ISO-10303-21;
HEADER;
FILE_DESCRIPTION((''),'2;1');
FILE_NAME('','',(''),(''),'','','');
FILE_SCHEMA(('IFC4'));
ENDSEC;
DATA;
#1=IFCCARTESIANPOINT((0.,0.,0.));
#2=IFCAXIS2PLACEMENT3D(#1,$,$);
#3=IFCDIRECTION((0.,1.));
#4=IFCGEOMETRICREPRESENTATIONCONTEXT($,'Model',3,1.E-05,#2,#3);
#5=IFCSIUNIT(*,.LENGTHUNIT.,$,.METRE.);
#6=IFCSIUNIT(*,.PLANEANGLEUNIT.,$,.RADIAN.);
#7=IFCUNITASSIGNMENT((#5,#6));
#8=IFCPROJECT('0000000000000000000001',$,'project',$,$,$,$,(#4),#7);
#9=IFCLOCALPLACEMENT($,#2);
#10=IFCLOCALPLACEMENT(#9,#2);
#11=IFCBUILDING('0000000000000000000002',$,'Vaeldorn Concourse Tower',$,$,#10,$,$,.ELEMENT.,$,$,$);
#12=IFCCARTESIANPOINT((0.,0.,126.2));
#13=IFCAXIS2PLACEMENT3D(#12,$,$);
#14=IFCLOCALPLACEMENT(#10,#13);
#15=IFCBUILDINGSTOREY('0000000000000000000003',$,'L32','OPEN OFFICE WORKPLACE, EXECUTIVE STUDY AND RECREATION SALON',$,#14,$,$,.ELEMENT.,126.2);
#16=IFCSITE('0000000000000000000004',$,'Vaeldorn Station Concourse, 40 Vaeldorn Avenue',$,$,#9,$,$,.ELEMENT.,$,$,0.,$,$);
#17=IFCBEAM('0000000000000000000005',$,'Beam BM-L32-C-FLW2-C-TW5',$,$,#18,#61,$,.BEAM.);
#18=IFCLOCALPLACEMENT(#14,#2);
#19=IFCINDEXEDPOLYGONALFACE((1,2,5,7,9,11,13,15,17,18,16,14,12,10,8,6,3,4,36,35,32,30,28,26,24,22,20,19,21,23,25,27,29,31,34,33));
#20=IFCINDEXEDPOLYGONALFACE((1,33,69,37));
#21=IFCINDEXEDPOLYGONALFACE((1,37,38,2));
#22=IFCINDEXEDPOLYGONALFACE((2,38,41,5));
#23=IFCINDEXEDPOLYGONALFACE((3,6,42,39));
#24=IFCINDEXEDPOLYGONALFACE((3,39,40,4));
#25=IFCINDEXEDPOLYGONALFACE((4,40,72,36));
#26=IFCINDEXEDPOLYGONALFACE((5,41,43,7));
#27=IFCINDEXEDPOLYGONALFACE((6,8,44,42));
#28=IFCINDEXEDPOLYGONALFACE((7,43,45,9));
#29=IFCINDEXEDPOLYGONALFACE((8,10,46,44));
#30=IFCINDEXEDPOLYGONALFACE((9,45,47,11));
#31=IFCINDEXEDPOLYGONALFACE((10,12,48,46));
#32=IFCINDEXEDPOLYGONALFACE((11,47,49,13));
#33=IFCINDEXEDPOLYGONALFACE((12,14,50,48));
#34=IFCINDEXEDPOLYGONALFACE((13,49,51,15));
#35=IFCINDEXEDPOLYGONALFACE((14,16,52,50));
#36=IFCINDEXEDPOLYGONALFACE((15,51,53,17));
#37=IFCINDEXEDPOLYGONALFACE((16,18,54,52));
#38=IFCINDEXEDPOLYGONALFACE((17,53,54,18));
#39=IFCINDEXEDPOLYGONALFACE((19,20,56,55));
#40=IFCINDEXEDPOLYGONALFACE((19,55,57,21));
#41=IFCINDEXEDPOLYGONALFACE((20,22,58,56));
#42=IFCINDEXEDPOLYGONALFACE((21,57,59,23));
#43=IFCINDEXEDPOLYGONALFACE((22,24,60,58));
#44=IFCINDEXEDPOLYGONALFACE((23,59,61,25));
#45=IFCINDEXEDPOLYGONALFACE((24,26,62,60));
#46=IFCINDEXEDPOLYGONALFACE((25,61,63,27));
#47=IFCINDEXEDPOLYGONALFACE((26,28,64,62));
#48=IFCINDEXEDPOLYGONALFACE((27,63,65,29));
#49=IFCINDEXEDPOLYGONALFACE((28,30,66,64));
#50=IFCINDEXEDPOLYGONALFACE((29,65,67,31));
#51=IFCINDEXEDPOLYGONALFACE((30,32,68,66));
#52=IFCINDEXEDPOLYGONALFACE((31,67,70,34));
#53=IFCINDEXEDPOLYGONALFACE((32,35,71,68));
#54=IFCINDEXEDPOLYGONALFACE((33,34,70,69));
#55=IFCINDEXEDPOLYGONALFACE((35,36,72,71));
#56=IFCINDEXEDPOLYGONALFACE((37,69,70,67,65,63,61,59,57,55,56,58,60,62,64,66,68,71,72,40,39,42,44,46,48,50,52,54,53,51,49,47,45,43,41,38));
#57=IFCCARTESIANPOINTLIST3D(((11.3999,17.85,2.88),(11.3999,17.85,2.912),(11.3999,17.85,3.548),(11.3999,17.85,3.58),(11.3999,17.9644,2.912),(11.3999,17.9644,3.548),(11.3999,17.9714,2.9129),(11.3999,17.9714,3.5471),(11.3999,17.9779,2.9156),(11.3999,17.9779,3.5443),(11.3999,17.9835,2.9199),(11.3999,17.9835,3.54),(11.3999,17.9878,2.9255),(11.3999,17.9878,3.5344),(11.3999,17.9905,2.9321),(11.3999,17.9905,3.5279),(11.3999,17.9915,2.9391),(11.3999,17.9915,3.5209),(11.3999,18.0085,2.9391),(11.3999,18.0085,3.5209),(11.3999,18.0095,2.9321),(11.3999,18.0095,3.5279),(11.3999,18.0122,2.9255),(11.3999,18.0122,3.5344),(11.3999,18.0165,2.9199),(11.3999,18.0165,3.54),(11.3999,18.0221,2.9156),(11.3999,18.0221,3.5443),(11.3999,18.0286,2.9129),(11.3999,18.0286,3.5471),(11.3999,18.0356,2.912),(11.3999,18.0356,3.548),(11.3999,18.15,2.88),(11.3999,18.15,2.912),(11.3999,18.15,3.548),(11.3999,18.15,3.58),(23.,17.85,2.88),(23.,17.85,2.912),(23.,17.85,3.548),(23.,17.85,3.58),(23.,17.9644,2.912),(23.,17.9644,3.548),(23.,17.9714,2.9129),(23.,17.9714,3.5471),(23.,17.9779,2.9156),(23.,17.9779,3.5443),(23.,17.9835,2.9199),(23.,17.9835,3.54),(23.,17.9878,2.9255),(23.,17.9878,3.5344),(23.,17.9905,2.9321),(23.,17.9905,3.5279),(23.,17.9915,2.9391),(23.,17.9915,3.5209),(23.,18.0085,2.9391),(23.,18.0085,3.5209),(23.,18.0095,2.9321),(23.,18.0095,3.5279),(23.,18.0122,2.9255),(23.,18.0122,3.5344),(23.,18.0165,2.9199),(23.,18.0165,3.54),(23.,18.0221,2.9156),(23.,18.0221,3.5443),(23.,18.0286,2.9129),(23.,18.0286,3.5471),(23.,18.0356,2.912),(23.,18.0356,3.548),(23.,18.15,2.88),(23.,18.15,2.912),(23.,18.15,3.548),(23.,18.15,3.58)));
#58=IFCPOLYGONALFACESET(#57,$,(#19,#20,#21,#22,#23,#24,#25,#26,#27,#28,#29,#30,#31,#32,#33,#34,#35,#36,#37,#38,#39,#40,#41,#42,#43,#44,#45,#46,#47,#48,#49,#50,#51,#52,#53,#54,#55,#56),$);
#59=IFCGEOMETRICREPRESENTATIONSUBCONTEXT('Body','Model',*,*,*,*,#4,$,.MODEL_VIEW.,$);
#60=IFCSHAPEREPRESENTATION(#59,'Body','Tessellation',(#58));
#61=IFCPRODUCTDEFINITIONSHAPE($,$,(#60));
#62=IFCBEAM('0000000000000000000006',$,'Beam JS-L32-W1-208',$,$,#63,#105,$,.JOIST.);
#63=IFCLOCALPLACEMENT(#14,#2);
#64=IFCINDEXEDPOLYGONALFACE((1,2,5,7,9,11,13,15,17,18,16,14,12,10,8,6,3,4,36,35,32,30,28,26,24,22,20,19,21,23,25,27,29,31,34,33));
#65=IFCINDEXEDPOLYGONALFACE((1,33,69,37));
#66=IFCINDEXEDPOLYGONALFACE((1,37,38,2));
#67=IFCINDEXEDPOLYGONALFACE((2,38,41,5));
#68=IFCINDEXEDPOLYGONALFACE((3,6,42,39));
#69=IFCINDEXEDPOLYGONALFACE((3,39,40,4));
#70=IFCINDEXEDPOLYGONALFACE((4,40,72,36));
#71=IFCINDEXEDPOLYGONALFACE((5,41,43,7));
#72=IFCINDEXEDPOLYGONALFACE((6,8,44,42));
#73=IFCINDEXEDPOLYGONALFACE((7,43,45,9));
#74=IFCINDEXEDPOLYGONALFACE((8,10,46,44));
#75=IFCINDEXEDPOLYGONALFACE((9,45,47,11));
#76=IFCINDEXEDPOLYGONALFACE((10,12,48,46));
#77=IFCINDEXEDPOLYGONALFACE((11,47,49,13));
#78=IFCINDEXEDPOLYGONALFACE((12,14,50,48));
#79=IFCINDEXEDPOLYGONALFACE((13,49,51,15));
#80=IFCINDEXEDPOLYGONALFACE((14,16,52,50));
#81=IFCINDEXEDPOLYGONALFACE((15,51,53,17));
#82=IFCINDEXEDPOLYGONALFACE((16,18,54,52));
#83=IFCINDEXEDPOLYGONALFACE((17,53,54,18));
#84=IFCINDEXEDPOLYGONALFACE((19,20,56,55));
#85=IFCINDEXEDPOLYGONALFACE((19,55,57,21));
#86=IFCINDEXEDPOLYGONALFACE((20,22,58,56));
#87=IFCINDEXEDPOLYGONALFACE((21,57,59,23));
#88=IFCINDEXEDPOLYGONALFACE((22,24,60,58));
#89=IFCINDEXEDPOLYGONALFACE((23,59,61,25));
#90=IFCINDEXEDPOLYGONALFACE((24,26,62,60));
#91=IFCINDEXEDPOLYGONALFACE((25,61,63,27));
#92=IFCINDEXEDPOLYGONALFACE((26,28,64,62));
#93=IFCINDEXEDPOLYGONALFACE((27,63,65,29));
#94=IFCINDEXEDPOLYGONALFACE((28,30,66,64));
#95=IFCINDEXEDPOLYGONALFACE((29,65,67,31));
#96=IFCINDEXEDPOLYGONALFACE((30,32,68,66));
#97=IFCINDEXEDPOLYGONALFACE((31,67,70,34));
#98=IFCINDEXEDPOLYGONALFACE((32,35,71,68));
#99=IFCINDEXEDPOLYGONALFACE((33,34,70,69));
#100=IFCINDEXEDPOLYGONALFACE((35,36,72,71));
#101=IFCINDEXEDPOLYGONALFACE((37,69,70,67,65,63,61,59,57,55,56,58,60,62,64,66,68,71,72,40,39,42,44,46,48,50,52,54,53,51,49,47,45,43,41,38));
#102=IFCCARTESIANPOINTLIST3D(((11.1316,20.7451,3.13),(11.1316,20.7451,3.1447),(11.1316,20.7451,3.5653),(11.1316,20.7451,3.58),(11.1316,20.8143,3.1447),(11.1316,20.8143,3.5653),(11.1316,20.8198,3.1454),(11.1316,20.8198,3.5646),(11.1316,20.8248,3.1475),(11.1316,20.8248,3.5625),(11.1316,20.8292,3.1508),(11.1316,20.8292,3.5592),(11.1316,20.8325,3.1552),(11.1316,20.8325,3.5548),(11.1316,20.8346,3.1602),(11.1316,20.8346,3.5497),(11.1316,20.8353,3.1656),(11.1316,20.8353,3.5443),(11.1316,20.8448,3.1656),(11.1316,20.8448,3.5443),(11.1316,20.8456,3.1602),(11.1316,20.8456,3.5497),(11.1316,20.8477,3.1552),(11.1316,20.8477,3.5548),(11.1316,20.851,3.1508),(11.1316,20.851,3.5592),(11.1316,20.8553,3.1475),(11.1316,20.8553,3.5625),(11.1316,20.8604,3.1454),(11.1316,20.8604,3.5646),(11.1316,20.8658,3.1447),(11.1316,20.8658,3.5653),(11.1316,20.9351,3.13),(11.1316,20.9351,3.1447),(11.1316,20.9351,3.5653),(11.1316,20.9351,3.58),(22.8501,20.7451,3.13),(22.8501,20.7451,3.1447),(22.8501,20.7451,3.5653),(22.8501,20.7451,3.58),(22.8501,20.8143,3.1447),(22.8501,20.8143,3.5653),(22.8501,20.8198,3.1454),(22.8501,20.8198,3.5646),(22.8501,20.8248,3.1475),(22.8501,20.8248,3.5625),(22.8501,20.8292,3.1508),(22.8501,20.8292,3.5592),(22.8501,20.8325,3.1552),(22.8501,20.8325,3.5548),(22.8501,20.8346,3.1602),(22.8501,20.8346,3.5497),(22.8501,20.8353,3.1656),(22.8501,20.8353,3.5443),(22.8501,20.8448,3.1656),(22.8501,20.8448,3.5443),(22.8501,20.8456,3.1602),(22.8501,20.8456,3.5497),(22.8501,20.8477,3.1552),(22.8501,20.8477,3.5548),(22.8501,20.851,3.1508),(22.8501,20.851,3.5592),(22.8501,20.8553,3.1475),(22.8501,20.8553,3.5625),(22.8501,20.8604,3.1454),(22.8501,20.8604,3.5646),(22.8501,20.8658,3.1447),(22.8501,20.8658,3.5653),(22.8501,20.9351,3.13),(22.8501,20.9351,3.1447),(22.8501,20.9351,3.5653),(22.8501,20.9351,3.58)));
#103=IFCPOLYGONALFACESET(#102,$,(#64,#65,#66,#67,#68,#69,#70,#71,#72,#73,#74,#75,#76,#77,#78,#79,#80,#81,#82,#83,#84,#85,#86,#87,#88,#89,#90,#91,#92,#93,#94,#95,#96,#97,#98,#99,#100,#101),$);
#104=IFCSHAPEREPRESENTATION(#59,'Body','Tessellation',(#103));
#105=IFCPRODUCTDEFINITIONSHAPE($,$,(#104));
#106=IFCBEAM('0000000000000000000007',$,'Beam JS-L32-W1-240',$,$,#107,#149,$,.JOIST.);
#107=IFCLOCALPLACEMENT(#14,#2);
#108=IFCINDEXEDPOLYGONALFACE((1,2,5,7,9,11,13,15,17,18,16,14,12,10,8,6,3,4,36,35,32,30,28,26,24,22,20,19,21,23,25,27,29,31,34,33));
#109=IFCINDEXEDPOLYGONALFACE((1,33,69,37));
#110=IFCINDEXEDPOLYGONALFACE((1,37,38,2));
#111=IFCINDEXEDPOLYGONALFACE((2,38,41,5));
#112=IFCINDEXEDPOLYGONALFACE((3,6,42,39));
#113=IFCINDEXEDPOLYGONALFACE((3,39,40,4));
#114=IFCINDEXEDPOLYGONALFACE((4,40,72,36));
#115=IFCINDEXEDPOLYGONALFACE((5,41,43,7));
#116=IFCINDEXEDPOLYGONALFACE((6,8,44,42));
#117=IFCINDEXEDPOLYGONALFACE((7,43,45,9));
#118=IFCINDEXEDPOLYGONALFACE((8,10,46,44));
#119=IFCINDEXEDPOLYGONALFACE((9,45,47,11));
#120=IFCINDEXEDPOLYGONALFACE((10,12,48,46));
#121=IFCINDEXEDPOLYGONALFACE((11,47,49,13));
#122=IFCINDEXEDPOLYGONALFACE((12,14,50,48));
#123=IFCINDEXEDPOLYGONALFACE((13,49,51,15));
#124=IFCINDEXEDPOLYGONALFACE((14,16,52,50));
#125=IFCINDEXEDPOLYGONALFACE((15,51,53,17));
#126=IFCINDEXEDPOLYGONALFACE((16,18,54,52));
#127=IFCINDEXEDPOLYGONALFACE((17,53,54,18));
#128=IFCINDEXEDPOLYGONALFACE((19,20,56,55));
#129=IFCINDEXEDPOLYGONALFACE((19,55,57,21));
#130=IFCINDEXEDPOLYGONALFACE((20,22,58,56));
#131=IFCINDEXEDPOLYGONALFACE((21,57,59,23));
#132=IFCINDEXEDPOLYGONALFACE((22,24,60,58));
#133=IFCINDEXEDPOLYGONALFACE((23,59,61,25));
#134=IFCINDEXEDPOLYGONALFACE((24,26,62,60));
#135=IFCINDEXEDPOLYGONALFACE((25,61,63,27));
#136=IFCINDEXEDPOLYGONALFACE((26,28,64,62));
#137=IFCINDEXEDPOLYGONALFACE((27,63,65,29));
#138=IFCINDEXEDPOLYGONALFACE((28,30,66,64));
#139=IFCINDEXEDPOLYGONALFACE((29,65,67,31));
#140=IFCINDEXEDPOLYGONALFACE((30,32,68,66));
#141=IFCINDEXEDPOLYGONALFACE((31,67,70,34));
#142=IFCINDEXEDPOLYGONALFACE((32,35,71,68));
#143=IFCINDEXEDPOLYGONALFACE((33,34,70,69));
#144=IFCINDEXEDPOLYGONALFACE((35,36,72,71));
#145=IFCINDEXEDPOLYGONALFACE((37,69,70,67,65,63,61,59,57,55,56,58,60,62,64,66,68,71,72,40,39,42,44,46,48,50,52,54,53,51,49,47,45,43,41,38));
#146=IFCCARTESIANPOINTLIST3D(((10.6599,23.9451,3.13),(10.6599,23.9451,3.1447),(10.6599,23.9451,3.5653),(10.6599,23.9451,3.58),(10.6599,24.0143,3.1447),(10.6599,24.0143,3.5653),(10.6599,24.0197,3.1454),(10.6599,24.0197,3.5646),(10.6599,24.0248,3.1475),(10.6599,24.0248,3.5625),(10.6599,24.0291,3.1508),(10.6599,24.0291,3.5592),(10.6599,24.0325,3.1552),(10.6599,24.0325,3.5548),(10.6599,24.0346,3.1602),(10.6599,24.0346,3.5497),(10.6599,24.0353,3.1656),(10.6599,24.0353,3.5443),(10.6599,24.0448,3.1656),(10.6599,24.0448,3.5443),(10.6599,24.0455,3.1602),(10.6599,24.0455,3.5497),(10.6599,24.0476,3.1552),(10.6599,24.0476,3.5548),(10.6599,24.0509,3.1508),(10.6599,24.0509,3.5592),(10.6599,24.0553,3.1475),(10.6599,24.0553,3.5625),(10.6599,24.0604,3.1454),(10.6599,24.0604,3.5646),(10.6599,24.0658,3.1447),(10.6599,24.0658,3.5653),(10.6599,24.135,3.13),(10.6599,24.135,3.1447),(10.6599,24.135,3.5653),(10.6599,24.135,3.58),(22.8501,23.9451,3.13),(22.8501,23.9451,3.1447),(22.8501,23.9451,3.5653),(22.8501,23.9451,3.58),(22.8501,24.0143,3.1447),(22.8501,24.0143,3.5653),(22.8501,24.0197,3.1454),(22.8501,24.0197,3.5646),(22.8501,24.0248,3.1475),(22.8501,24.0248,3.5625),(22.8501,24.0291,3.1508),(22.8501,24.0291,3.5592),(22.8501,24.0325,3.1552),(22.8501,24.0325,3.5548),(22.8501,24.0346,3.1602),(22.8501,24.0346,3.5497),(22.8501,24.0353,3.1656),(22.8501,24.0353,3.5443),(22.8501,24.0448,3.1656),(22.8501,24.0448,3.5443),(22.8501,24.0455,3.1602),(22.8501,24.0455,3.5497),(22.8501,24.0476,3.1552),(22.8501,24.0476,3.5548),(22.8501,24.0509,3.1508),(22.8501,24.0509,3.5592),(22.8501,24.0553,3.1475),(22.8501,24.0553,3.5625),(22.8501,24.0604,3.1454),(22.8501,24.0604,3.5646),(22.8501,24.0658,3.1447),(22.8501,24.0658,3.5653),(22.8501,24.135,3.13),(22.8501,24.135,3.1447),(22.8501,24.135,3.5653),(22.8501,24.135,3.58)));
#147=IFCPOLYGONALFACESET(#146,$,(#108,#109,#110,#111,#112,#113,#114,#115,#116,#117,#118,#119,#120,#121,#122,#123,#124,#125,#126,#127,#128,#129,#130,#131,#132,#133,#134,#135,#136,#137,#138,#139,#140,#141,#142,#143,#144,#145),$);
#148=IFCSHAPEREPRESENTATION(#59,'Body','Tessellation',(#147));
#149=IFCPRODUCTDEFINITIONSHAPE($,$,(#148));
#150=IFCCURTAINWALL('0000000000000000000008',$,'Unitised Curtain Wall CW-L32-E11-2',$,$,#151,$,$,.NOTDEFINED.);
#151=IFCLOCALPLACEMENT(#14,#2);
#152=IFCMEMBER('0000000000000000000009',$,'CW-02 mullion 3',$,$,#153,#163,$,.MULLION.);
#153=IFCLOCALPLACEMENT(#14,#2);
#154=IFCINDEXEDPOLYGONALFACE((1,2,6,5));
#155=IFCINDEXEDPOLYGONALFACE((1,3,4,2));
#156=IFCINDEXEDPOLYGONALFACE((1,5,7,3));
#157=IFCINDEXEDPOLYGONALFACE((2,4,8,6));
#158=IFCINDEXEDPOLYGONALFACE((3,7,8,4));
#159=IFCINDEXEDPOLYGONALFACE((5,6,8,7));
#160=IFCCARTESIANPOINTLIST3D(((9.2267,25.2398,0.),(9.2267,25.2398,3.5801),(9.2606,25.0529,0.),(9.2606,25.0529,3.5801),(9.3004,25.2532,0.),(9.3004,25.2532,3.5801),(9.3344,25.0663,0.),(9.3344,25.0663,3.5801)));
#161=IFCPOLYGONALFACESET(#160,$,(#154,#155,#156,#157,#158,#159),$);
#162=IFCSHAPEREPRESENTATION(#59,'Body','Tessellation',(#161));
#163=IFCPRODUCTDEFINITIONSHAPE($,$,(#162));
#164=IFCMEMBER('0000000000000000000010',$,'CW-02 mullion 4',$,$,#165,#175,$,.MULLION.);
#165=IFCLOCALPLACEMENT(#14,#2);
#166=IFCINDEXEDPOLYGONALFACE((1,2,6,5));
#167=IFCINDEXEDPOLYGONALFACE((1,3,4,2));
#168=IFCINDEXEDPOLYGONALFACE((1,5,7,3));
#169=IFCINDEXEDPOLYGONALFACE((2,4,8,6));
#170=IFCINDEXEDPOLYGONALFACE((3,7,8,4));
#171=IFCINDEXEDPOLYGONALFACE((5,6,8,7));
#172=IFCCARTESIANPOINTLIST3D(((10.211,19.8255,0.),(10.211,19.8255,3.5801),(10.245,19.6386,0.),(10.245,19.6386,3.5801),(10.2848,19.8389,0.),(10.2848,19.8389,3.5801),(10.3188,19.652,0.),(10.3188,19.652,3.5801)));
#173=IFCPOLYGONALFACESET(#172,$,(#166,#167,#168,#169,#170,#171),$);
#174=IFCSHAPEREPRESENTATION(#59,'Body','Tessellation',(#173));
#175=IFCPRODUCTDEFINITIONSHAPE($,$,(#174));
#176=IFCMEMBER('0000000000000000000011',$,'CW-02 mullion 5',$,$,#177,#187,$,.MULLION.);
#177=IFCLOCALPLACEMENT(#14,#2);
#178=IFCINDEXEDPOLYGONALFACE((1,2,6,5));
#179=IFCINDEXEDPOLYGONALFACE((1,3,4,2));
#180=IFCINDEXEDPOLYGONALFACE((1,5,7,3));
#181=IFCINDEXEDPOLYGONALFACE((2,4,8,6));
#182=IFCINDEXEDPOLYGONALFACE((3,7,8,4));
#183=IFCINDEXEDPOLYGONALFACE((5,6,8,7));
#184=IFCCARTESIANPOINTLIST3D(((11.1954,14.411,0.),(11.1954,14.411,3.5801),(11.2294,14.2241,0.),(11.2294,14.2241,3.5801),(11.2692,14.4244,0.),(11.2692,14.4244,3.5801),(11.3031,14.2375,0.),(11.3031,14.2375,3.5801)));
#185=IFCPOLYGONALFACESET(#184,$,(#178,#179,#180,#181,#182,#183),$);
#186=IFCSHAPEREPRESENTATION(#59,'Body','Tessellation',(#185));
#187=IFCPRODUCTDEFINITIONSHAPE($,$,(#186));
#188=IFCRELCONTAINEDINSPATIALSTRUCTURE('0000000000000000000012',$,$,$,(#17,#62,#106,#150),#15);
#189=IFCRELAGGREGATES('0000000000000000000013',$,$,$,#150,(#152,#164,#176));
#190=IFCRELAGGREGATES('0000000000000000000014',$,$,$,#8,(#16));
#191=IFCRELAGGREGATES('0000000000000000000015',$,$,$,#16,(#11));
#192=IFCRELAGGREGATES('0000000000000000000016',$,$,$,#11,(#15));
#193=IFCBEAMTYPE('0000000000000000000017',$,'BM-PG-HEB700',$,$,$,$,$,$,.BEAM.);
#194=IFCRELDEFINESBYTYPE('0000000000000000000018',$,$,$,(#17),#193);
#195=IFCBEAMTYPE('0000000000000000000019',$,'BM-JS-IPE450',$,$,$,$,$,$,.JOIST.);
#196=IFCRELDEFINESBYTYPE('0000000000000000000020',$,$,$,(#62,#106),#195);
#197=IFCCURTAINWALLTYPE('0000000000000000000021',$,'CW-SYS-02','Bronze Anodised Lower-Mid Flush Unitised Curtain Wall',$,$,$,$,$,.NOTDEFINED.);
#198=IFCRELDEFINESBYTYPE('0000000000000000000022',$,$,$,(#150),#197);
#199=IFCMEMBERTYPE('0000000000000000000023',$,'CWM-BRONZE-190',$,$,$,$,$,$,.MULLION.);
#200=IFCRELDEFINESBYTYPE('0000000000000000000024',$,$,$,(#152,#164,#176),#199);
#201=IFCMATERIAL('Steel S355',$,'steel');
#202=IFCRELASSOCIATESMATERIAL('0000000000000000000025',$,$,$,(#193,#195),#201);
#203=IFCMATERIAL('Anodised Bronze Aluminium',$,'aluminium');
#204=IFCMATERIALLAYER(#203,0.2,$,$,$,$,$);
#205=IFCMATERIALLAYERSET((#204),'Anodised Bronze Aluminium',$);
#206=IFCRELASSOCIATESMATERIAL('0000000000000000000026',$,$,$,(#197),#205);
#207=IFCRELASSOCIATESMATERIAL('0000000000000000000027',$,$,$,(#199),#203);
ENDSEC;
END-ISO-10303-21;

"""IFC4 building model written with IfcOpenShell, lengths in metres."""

from ifc_helpers import new_model, si_unit, direction, frame, origin, origin_2d, place, context, subcontext, project, spatial, rectangle, i_section, extrude, source, transform, mapped, material, layer, layer_set, material_profile, profile_set, type_object, element, aggregate, save


model = new_model("IFC4")

# Units and contexts
model_context = context("Model", 3, precision=1e-05, world=origin(), true_north=direction((0.0, 1.0)))
body_context = subcontext(model_context, "Body", "Model", "MODEL_VIEW")
ifc_project = project(units=[si_unit("LENGTHUNIT", "METRE"), si_unit("PLANEANGLEUNIT", "RADIAN")], contexts=[model_context])

# Site, building, storey
site_placement = place(None, origin())
site = spatial("IfcSite", under=ifc_project, at=site_placement, Name="Vaeldorn Station Concourse, 40 Vaeldorn Avenue", CompositionType="ELEMENT", RefElevation=0.0)
building_placement = place(site_placement, origin())
building = spatial("IfcBuilding", under=site, at=building_placement, Name="Vaeldorn Concourse Tower", CompositionType="ELEMENT")
storey_placement = place(building_placement, frame((0.0, 0.0, 126.2)))
storey = spatial("IfcBuildingStorey", under=building, at=storey_placement, Name="L32", Description="OPEN OFFICE WORKPLACE, EXECUTIVE STUDY AND RECREATION SALON", CompositionType="ELEMENT", Elevation=126.2)

# Beams
ifc_material_1 = material(Name="Steel S355", Category="steel")
ifc_material_profile_1 = material_profile(ifc_material_1, i_section(OverallWidth=0.3, OverallDepth=0.7, WebThickness=0.0171, FlangeThickness=0.032, FilletRadius=0.0271, at=origin_2d()), Name="HEB 700")
ifc_profile_set_1 = profile_set([ifc_material_profile_1], Name="Steel S355")
beam_type_1 = type_object("IfcBeamType", Name="BM-PG-HEB700", PredefinedType="BEAM", material=ifc_profile_set_1)
shared_shape_1 = source(origin(), body_context, "Body", "SweptSolid", [
    extrude(i_section(OverallWidth=0.3, OverallDepth=0.7, WebThickness=0.0171, FlangeThickness=0.032, FilletRadius=0.0271, at=origin_2d()), origin(), (0.0, 0.0, 1.0), 11.6001),
])
beam_1_placement = place(storey_placement, frame((11.3999, 18.0, 3.23), z_axis=(1.0, 0.0, 0.0), x_axis=(0.0, 1.0, 0.0)))
element("IfcBeam", 1, at=beam_1_placement, inside=storey, type_object=beam_type_1, Name="Beam BM-L32-C-FLW2-C-TW5", PredefinedType="BEAM", context=body_context, shape_type="MappedRepresentation", body=[
    mapped(shared_shape_1, transform((0.0, 0.0, 0.0), scale=1.0)),
])
ifc_material_profile_2 = material_profile(ifc_material_1, i_section(OverallWidth=0.1899, OverallDepth=0.45, WebThickness=0.0095, FlangeThickness=0.0146, FilletRadius=0.021, at=origin_2d()), Name="IPE 450")
ifc_profile_set_2 = profile_set([ifc_material_profile_2], Name="Steel S355")
beam_type_2 = type_object("IfcBeamType", Name="BM-JS-IPE450", PredefinedType="JOIST", material=ifc_profile_set_2)
shared_shape_2 = source(origin(), body_context, "Body", "SweptSolid", [
    extrude(i_section(OverallWidth=0.1899, OverallDepth=0.45, WebThickness=0.0095, FlangeThickness=0.0146, FilletRadius=0.021, at=origin_2d()), origin(), (0.0, 0.0, 1.0), 11.7185),
])
beam_2_placement = place(storey_placement, frame((11.1316, 20.8401, 3.355), z_axis=(1.0, 0.0, 0.0), x_axis=(0.0, 1.0, 0.0)))
element("IfcBeam", 2, at=beam_2_placement, inside=storey, type_object=beam_type_2, Name="Beam JS-L32-W1-208", PredefinedType="JOIST", context=body_context, shape_type="MappedRepresentation", body=[
    mapped(shared_shape_2, transform((0.0, 0.0, 0.0), scale=1.0)),
])
shared_shape_3 = source(origin(), body_context, "Body", "SweptSolid", [
    extrude(i_section(OverallWidth=0.1899, OverallDepth=0.45, WebThickness=0.0095, FlangeThickness=0.0146, FilletRadius=0.021, at=origin_2d()), origin(), (0.0, 0.0, 1.0), 12.1902),
])
beam_3_placement = place(storey_placement, frame((10.6599, 24.04, 3.355), z_axis=(1.0, 0.0, 0.0), x_axis=(0.0, 1.0, 0.0)))
element("IfcBeam", 3, at=beam_3_placement, inside=storey, type_object=beam_type_2, Name="Beam JS-L32-W1-240", PredefinedType="JOIST", context=body_context, shape_type="MappedRepresentation", body=[
    mapped(shared_shape_3, transform((0.0, 0.0, 0.0), scale=1.0)),
])

# Curtain wall, members
ifc_material_2 = material(Name="Anodised Bronze Aluminium", Category="aluminium")
ifc_layer_1 = layer(ifc_material_2, 0.2)
ifc_layer_set_1 = layer_set([ifc_layer_1], Name="Anodised Bronze Aluminium")
curtain_wall_type = type_object("IfcCurtainWallType", Name="CW-SYS-02", Description="Bronze Anodised Lower-Mid Flush Unitised Curtain Wall", PredefinedType="NOTDEFINED", material=ifc_layer_set_1)
curtain_wall_placement = place(storey_placement, origin())
curtain_wall = element("IfcCurtainWall", 4, at=curtain_wall_placement, inside=storey, type_object=curtain_wall_type, Name="Unitised Curtain Wall CW-L32-E11-2", PredefinedType="NOTDEFINED")
ifc_material_profile_3 = material_profile(ifc_material_2, rectangle(XDim=0.075, YDim=0.1899, at=origin_2d()), Name="CWM 75x190")
ifc_profile_set_3 = profile_set([ifc_material_profile_3], Name="Anodised Bronze Aluminium")
member_type_1 = type_object("IfcMemberType", Name="CWM-BRONZE-190", PredefinedType="MULLION", material=ifc_profile_set_3)
shared_shape_4 = source(origin(), body_context, "Body", "SweptSolid", [
    extrude(rectangle(XDim=0.075, YDim=0.1899, at=origin_2d()), origin(), (0.0, 0.0, 1.0), 3.5801),
])
member_1_placement = place(storey_placement, frame((9.2805, 25.1531, 0.0), z_axis=(0.0, 0.0, 1.0), x_axis=(0.983874, 0.17886, 0.0)))
member_1 = element("IfcMember", 5, at=member_1_placement, type_object=member_type_1, Name="CW-02 mullion 3", PredefinedType="MULLION", context=body_context, shape_type="MappedRepresentation", body=[
    mapped(shared_shape_4, transform((0.0, 0.0, 0.0), scale=1.0)),
])
member_2_placement = place(storey_placement, frame((10.2649, 19.7388, 0.0), z_axis=(0.0, 0.0, 1.0), x_axis=(0.983874, 0.17886, 0.0)))
member_2 = element("IfcMember", 6, at=member_2_placement, type_object=member_type_1, Name="CW-02 mullion 4", PredefinedType="MULLION", context=body_context, shape_type="MappedRepresentation", body=[
    mapped(shared_shape_4, transform((0.0, 0.0, 0.0), scale=1.0)),
])
member_3_placement = place(storey_placement, frame((11.2493, 14.3242, 0.0), z_axis=(0.0, 0.0, 1.0), x_axis=(0.983874, 0.17886, 0.0)))
member_3 = element("IfcMember", 7, at=member_3_placement, type_object=member_type_1, Name="CW-02 mullion 5", PredefinedType="MULLION", context=body_context, shape_type="MappedRepresentation", body=[
    mapped(shared_shape_4, transform((0.0, 0.0, 0.0), scale=1.0)),
])
aggregate(curtain_wall, [member_1, member_2, member_3])

save(model, "model.ifc")
